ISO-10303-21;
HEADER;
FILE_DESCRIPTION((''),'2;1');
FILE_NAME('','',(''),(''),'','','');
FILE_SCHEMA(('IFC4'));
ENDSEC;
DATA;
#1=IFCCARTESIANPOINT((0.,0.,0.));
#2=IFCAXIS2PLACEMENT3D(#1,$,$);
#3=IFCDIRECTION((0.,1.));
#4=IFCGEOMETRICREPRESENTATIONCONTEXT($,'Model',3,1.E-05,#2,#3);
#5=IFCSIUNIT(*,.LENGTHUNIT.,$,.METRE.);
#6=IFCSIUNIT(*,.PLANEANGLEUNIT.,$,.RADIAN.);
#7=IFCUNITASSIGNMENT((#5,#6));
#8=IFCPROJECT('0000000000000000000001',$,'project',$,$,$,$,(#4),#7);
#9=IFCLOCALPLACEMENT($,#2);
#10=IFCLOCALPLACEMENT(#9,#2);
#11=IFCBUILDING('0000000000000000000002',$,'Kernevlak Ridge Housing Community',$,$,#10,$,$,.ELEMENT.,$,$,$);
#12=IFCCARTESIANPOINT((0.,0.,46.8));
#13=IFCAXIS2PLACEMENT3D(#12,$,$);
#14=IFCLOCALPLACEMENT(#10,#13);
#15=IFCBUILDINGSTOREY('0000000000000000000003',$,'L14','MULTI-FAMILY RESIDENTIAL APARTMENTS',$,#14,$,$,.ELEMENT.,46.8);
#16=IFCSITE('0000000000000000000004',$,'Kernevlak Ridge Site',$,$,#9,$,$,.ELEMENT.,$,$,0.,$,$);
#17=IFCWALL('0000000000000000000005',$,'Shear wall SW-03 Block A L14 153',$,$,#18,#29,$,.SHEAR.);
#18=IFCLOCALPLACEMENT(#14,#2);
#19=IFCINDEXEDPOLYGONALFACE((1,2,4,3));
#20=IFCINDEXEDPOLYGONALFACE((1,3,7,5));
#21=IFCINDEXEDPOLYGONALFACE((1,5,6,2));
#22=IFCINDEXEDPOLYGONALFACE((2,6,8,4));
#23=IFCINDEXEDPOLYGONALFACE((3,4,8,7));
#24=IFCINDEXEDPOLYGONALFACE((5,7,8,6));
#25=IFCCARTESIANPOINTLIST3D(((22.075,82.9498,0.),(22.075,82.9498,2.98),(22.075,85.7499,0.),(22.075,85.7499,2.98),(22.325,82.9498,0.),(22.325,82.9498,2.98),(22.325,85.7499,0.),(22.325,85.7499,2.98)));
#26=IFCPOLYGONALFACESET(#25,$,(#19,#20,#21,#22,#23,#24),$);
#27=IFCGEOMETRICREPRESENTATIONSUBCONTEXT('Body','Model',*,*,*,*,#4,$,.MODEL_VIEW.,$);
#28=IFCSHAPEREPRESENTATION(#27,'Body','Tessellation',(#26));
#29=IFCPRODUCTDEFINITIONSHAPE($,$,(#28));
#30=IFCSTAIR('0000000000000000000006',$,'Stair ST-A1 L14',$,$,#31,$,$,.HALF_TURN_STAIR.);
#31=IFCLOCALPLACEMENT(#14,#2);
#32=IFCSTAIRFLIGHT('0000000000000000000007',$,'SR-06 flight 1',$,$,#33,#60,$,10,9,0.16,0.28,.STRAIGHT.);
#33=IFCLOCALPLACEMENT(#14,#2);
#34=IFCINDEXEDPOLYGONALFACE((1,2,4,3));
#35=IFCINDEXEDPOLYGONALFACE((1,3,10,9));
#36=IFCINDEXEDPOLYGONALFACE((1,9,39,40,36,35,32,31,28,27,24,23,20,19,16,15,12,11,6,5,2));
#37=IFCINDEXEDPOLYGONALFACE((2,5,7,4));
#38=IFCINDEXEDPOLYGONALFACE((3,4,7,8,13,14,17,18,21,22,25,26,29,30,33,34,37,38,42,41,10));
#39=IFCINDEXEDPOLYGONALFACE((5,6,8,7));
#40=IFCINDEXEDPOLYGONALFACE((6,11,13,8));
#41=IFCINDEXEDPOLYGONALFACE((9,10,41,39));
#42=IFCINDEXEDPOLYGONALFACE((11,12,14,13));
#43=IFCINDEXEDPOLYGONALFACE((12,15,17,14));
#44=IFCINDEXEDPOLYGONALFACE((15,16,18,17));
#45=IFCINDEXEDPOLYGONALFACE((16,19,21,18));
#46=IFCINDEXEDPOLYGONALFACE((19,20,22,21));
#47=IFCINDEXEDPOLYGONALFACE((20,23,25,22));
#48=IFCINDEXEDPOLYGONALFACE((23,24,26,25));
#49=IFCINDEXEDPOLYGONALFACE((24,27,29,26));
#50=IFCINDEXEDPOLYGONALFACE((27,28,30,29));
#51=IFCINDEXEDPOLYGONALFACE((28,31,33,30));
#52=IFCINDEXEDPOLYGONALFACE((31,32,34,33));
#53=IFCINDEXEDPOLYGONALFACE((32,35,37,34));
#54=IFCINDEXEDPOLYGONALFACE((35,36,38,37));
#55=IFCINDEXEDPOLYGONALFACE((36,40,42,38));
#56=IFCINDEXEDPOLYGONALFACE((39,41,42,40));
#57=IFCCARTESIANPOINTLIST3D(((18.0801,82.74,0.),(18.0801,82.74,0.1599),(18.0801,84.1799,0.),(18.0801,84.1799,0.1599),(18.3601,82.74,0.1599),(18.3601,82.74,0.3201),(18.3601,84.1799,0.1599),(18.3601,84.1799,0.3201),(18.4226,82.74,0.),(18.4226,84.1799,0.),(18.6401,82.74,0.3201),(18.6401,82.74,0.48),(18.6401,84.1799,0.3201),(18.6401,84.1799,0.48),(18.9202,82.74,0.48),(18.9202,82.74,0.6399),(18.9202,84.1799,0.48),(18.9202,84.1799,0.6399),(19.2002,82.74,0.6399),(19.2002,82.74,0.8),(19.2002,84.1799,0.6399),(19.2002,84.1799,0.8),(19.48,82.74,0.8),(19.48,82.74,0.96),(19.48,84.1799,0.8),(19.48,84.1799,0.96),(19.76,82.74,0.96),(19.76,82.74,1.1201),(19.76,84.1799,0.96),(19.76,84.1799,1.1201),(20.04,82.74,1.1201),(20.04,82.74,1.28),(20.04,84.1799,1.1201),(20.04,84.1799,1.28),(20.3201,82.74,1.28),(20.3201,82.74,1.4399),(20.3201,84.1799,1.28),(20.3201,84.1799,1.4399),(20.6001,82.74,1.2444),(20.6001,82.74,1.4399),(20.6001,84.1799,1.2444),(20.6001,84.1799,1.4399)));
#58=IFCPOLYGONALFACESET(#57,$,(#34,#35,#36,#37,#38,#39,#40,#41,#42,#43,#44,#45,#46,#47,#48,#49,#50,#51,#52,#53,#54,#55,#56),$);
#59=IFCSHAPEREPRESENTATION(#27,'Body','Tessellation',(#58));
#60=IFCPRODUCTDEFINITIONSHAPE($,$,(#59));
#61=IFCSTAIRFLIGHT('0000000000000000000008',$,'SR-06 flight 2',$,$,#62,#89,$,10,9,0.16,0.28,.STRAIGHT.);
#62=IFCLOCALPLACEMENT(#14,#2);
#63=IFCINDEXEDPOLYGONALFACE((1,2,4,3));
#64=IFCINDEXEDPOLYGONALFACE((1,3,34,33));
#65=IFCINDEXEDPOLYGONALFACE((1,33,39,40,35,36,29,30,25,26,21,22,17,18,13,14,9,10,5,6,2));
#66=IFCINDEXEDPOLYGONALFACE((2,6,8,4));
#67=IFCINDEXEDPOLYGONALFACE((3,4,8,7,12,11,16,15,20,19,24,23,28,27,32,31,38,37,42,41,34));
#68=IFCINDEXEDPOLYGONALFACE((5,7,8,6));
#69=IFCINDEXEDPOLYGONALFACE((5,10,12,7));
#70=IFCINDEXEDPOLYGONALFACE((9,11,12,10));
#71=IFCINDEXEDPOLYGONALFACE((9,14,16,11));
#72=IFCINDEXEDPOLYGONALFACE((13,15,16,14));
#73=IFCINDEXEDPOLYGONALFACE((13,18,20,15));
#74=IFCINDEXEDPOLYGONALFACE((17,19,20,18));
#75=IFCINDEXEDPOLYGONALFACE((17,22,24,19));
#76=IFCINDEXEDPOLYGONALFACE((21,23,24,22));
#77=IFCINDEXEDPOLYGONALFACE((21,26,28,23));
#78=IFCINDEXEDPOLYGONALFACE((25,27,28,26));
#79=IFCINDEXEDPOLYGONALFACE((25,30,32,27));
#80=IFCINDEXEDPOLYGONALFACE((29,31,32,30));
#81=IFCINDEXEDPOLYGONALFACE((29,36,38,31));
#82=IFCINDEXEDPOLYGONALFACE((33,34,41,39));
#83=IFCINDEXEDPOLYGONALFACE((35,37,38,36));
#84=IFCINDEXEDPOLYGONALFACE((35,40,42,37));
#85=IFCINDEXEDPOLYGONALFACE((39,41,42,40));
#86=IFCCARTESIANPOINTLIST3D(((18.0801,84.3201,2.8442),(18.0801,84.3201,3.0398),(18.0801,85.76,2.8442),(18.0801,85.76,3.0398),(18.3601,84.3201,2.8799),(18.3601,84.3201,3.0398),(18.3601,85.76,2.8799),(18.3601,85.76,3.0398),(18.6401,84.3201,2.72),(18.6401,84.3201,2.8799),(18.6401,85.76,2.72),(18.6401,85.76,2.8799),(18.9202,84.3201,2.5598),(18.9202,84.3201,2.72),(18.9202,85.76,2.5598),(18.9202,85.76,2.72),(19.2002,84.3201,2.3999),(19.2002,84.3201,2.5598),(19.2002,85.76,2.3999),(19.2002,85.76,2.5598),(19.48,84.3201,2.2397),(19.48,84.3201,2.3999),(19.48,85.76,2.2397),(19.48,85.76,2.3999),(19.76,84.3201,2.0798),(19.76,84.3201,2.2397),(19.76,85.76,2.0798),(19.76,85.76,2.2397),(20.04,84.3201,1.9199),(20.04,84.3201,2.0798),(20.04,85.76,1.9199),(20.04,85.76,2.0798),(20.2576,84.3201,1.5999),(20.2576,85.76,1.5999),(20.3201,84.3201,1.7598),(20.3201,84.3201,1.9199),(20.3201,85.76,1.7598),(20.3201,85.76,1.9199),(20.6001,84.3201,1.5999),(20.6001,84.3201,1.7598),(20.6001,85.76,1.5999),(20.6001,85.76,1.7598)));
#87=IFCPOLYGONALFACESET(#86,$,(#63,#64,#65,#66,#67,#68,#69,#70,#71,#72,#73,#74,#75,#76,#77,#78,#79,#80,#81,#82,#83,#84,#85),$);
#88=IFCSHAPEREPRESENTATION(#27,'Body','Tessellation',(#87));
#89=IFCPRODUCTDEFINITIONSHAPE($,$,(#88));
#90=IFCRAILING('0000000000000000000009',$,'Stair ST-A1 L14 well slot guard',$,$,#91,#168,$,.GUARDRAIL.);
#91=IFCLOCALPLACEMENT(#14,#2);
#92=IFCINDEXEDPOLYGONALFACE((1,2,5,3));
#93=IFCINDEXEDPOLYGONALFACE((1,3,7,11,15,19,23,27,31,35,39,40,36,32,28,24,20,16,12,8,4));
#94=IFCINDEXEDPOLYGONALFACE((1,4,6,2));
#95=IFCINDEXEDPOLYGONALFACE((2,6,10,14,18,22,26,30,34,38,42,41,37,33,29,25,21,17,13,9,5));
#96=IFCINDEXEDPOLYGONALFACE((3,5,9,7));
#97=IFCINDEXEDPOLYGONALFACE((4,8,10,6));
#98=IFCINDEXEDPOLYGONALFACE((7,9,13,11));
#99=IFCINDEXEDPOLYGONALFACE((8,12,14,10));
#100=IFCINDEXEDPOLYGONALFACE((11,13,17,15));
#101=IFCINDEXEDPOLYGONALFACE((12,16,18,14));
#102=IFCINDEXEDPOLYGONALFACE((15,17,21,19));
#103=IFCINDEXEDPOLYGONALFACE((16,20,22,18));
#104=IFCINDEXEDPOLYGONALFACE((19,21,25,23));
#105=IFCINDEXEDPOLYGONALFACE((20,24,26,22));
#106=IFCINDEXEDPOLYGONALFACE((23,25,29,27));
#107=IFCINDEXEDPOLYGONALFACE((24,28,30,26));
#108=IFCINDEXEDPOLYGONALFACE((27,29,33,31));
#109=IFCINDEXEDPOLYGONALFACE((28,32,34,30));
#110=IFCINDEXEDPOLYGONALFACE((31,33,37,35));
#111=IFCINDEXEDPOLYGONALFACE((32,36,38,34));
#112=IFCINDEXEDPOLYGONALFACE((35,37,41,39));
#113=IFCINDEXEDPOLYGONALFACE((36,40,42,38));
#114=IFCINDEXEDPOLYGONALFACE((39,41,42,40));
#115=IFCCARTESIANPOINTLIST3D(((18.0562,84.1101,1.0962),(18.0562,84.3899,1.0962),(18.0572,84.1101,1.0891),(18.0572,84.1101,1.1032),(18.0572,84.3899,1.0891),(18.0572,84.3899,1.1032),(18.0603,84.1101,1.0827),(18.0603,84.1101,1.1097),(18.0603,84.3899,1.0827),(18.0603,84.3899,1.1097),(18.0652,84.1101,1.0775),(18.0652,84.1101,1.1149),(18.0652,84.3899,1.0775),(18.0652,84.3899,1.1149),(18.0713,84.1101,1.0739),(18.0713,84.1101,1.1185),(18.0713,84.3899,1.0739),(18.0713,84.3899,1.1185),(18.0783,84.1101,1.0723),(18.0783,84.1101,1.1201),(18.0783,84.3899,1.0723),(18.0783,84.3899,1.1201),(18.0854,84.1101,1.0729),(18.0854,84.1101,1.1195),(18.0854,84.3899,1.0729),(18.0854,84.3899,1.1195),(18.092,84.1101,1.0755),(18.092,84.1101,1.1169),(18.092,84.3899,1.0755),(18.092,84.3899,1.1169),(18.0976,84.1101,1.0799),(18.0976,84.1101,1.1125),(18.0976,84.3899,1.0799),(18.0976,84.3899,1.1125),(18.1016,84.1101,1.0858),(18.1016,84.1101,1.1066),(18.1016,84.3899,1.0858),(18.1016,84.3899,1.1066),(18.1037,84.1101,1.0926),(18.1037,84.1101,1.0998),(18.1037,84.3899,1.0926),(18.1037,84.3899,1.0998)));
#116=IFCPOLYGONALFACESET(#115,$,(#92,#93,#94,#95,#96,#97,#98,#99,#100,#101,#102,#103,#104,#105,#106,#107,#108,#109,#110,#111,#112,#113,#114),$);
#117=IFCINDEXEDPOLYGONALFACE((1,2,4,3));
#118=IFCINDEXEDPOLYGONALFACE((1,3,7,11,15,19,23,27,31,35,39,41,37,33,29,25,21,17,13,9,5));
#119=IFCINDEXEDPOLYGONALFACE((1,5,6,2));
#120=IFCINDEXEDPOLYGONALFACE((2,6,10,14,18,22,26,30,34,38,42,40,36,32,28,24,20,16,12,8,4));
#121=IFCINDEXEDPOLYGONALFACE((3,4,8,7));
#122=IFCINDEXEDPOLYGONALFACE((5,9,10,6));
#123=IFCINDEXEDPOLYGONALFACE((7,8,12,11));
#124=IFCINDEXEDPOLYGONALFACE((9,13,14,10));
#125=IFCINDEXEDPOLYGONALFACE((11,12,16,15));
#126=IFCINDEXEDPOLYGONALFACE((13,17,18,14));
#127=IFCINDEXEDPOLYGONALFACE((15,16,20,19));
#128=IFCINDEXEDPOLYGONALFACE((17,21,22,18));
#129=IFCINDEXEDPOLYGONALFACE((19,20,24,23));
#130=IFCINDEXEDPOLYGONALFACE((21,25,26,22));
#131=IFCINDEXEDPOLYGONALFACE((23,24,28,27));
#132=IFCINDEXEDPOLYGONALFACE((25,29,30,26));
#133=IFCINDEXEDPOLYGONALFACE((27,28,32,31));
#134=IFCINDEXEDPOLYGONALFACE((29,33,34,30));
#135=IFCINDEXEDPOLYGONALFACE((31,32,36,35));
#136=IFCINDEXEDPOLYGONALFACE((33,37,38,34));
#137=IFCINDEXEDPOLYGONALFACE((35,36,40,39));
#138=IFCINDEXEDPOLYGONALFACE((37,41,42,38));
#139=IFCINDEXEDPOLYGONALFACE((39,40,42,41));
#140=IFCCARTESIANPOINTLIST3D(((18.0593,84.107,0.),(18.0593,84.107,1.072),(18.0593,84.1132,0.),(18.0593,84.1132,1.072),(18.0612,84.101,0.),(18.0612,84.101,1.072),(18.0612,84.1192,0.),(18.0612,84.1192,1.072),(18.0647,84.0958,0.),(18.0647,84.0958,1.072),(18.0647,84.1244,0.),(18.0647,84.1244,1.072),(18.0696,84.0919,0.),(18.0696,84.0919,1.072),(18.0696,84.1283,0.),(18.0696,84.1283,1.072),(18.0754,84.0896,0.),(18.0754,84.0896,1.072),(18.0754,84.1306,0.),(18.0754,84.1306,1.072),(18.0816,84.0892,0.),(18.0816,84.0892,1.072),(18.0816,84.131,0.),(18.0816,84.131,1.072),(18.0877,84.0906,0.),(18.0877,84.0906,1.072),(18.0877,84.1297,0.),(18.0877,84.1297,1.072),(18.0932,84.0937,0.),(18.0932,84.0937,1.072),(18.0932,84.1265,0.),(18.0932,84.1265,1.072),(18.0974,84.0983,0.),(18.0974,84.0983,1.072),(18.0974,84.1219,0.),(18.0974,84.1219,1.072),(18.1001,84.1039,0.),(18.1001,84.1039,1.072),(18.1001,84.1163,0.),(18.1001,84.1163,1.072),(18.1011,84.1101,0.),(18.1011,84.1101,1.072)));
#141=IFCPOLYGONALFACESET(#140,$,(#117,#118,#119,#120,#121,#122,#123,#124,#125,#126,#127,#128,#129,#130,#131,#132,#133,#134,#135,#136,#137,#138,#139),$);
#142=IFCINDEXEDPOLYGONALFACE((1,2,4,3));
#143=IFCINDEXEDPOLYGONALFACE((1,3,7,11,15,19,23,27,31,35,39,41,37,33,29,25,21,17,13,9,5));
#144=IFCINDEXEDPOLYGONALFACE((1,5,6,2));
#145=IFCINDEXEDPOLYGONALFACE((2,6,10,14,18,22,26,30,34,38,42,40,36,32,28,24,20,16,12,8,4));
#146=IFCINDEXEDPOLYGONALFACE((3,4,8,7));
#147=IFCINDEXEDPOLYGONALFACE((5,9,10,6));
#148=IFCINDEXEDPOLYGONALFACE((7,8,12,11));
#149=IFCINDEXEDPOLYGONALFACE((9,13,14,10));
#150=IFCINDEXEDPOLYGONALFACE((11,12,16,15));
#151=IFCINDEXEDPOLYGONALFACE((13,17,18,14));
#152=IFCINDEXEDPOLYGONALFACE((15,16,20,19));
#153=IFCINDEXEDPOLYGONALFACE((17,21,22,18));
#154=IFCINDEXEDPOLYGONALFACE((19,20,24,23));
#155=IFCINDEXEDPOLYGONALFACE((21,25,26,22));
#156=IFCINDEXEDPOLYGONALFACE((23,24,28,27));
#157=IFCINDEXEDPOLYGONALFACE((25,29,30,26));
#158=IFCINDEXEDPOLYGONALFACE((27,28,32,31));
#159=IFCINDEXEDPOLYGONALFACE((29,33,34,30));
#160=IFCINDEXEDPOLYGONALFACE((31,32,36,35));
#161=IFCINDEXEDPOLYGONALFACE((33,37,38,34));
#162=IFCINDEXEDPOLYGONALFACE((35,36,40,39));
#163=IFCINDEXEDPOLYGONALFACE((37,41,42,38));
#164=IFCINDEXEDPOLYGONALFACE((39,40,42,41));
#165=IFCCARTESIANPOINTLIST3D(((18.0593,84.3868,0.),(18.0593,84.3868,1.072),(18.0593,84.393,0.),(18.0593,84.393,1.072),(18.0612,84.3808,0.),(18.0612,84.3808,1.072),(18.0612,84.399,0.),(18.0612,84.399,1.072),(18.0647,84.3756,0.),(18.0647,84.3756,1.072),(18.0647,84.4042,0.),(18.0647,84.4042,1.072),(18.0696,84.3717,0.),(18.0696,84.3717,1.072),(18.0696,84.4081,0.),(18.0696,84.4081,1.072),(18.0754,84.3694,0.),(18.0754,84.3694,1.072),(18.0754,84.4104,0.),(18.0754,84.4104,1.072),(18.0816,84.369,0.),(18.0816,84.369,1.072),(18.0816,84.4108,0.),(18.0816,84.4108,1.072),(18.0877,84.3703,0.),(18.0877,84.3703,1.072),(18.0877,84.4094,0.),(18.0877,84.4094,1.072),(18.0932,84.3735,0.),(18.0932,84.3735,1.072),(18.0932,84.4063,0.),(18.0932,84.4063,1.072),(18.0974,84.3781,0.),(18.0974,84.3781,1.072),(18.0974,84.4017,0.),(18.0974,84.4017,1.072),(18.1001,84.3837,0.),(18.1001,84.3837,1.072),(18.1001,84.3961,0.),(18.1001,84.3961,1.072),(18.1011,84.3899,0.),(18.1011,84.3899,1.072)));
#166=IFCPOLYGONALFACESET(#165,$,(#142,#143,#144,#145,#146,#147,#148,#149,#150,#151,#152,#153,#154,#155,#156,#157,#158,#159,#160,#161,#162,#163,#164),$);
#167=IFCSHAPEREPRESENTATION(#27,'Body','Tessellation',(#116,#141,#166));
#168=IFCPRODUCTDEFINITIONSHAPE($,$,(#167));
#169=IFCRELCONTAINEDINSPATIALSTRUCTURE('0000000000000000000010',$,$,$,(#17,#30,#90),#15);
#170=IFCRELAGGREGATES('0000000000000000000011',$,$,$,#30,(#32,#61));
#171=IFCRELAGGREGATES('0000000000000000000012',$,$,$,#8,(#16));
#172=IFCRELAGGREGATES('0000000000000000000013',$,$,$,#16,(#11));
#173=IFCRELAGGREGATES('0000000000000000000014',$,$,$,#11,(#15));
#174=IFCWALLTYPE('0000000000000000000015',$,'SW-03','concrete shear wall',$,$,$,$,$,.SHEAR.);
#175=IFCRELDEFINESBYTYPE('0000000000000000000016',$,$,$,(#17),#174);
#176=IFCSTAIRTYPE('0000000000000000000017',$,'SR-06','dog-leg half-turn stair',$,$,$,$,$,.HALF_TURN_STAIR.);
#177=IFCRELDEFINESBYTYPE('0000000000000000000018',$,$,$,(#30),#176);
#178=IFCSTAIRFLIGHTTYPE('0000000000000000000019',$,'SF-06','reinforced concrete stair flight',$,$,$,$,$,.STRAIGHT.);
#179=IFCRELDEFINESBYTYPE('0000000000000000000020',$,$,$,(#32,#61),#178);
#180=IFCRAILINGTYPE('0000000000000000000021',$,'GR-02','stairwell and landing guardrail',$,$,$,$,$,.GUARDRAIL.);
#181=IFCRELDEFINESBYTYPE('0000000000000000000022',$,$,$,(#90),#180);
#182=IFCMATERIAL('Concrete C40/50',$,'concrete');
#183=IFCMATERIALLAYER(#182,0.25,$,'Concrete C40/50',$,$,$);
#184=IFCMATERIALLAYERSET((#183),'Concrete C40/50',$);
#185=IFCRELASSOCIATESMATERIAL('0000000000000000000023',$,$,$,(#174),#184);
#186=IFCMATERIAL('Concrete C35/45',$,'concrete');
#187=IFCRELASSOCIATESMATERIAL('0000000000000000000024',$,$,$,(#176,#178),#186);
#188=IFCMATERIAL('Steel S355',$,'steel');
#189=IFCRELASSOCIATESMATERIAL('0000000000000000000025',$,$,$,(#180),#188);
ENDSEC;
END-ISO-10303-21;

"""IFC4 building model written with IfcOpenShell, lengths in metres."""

from ifc_helpers import new_model, si_unit, direction, frame, frame_2d, origin, origin_2d, place, context, subcontext, project, spatial, polyline, rectangle, circle, outline, extrude, material, layer, layer_set, type_object, element, aggregate, save


model = new_model("IFC4")

# Units and contexts
model_context = context("Model", 3, precision=1e-05, world=origin(), true_north=direction((0.0, 1.0)))
body_context = subcontext(model_context, "Body", "Model", "MODEL_VIEW")
ifc_project = project(units=[si_unit("LENGTHUNIT", "METRE"), si_unit("PLANEANGLEUNIT", "RADIAN")], contexts=[model_context])

# Site, building, storey
site_placement = place(None, origin())
site = spatial("IfcSite", under=ifc_project, at=site_placement, Name="Kernevlak Ridge Site", CompositionType="ELEMENT", RefElevation=0.0)
building_placement = place(site_placement, origin())
building = spatial("IfcBuilding", under=site, at=building_placement, Name="Kernevlak Ridge Housing Community", CompositionType="ELEMENT")
storey_placement = place(building_placement, frame((0.0, 0.0, 46.8)))
storey = spatial("IfcBuildingStorey", under=building, at=storey_placement, Name="L14", Description="MULTI-FAMILY RESIDENTIAL APARTMENTS", CompositionType="ELEMENT", Elevation=46.8)

# Shared definitions
ifc_material_1 = material(Name="Concrete C35/45", Category="concrete")

# Wall
ifc_material_2 = material(Name="Concrete C40/50", Category="concrete")
ifc_layer_1 = layer(ifc_material_2, 0.25, Name="Concrete C40/50")
ifc_layer_set_1 = layer_set([ifc_layer_1], Name="Concrete C40/50")
wall_type_1 = type_object("IfcWallType", Name="SW-03", Description="concrete shear wall", PredefinedType="SHEAR", material=ifc_layer_set_1)
wall_1_placement = place(storey_placement, frame((22.2, 82.95, 0.0), z_axis=(0.0, 0.0, 1.0), x_axis=(0.0, 1.0, 0.0)))
element("IfcWall", 1, at=wall_1_placement, inside=storey, type_object=wall_type_1, Name="Shear wall SW-03 Block A L14 153", PredefinedType="SHEAR", context=body_context, shape_type="SweptSolid", body=[
    extrude(rectangle(XDim=2.8, YDim=0.25, at=frame_2d((1.3999, 0.0))), origin(), (0.0, 0.0, 1.0), 2.98),
])

# Stair, stair flights
stair_type = type_object("IfcStairType", Name="SR-06", Description="dog-leg half-turn stair", PredefinedType="HALF_TURN_STAIR", material=ifc_material_1)
stair_placement = place(storey_placement, origin())
stair = element("IfcStair", 2, at=stair_placement, inside=storey, type_object=stair_type, Name="Stair ST-A1 L14", PredefinedType="HALF_TURN_STAIR")
stair_flight_type = type_object("IfcStairFlightType", Name="SF-06", Description="reinforced concrete stair flight", PredefinedType="STRAIGHT", material=ifc_material_1)
stair_flight_1_placement = place(storey_placement, frame((18.0801, 83.46, 0.0), z_axis=(0.0, 0.0, 1.0), x_axis=(1.0, 0.0, 0.0)))
stair_flight_1 = element("IfcStairFlight", 3, at=stair_flight_1_placement, type_object=stair_flight_type, Name="SR-06 flight 1", NumberOfRisers=10, NumberOfTreads=9, PredefinedType="STRAIGHT", RiserHeight=0.16, TreadLength=0.28, context=body_context, shape_type="SweptSolid", body=[
    extrude(outline(polyline([(0.0, 0.0), (0.0, 0.1599), (0.28, 0.1599), (0.28, 0.3201), (0.5601, 0.3201), (0.5601, 0.48), (0.8401, 0.48), (0.8401, 0.6399), (1.1201, 0.6399), (1.1201, 0.8), (1.3999, 0.8), (1.3999, 0.96), (1.6799, 0.96), (1.6799, 1.1201), (1.96, 1.1201), (1.96, 1.28), (2.24, 1.28), (2.24, 1.4399), (2.52, 1.4399), (2.52, 1.6001), (2.52, 1.2444), (0.3425, 0.0), (0.0, 0.0)])), frame((0.0, 0.72, 0.0), z_axis=(0.0, -1.0, 0.0), x_axis=(1.0, 0.0, 0.0)), (0.0, 0.0, 1.0), 1.4399),
])
stair_flight_2_placement = place(storey_placement, frame((20.6001, 85.04, 1.5999), z_axis=(0.0, 0.0, 1.0), x_axis=(-1.0, 0.0, 0.0)))
stair_flight_2 = element("IfcStairFlight", 4, at=stair_flight_2_placement, type_object=stair_flight_type, Name="SR-06 flight 2", NumberOfRisers=10, NumberOfTreads=9, PredefinedType="STRAIGHT", RiserHeight=0.16, TreadLength=0.28, context=body_context, shape_type="SweptSolid", body=[
    extrude(outline(polyline([(0.0, 0.0), (0.0, 0.1599), (0.28, 0.1599), (0.28, 0.3201), (0.5601, 0.3201), (0.5601, 0.48), (0.8401, 0.48), (0.8401, 0.6399), (1.1201, 0.6399), (1.1201, 0.8), (1.3999, 0.8), (1.3999, 0.96), (1.6799, 0.96), (1.6799, 1.1201), (1.96, 1.1201), (1.96, 1.28), (2.24, 1.28), (2.24, 1.4399), (2.52, 1.4399), (2.52, 1.6001), (2.52, 1.2444), (0.3425, 0.0), (0.0, 0.0)])), frame((0.0, 0.72, 0.0), z_axis=(0.0, -1.0, 0.0), x_axis=(1.0, 0.0, 0.0)), (0.0, 0.0, 1.0), 1.4399),
])
aggregate(stair, [stair_flight_1, stair_flight_2])

# Railing
ifc_material_3 = material(Name="Steel S355", Category="steel")
railing_type_1 = type_object("IfcRailingType", Name="GR-02", Description="stairwell and landing guardrail", PredefinedType="GUARDRAIL", material=ifc_material_3)
railing_1_placement = place(storey_placement, frame((18.0801, 84.1101, 0.0)))
element("IfcRailing", 5, at=railing_1_placement, inside=storey, type_object=railing_type_1, Name="Stair ST-A1 L14 well slot guard", PredefinedType="GUARDRAIL", context=body_context, shape_type="SweptSolid", body=[
    extrude(circle(Radius=0.0239, at=origin_2d()), frame((0.0, 0.0, 1.0962), z_axis=(0.0, 1.0, 0.0), x_axis=(-1.0, 0.0, 0.0)), (0.0, 0.0, 1.0), 0.2798),
    extrude(circle(Radius=0.021, at=origin_2d()), origin(), (0.0, 0.0, 1.0), 1.072),
    extrude(circle(Radius=0.021, at=origin_2d()), frame((0.0, 0.2798, 0.0)), (0.0, 0.0, 1.0), 1.072),
])

save(model, "model.ifc")
